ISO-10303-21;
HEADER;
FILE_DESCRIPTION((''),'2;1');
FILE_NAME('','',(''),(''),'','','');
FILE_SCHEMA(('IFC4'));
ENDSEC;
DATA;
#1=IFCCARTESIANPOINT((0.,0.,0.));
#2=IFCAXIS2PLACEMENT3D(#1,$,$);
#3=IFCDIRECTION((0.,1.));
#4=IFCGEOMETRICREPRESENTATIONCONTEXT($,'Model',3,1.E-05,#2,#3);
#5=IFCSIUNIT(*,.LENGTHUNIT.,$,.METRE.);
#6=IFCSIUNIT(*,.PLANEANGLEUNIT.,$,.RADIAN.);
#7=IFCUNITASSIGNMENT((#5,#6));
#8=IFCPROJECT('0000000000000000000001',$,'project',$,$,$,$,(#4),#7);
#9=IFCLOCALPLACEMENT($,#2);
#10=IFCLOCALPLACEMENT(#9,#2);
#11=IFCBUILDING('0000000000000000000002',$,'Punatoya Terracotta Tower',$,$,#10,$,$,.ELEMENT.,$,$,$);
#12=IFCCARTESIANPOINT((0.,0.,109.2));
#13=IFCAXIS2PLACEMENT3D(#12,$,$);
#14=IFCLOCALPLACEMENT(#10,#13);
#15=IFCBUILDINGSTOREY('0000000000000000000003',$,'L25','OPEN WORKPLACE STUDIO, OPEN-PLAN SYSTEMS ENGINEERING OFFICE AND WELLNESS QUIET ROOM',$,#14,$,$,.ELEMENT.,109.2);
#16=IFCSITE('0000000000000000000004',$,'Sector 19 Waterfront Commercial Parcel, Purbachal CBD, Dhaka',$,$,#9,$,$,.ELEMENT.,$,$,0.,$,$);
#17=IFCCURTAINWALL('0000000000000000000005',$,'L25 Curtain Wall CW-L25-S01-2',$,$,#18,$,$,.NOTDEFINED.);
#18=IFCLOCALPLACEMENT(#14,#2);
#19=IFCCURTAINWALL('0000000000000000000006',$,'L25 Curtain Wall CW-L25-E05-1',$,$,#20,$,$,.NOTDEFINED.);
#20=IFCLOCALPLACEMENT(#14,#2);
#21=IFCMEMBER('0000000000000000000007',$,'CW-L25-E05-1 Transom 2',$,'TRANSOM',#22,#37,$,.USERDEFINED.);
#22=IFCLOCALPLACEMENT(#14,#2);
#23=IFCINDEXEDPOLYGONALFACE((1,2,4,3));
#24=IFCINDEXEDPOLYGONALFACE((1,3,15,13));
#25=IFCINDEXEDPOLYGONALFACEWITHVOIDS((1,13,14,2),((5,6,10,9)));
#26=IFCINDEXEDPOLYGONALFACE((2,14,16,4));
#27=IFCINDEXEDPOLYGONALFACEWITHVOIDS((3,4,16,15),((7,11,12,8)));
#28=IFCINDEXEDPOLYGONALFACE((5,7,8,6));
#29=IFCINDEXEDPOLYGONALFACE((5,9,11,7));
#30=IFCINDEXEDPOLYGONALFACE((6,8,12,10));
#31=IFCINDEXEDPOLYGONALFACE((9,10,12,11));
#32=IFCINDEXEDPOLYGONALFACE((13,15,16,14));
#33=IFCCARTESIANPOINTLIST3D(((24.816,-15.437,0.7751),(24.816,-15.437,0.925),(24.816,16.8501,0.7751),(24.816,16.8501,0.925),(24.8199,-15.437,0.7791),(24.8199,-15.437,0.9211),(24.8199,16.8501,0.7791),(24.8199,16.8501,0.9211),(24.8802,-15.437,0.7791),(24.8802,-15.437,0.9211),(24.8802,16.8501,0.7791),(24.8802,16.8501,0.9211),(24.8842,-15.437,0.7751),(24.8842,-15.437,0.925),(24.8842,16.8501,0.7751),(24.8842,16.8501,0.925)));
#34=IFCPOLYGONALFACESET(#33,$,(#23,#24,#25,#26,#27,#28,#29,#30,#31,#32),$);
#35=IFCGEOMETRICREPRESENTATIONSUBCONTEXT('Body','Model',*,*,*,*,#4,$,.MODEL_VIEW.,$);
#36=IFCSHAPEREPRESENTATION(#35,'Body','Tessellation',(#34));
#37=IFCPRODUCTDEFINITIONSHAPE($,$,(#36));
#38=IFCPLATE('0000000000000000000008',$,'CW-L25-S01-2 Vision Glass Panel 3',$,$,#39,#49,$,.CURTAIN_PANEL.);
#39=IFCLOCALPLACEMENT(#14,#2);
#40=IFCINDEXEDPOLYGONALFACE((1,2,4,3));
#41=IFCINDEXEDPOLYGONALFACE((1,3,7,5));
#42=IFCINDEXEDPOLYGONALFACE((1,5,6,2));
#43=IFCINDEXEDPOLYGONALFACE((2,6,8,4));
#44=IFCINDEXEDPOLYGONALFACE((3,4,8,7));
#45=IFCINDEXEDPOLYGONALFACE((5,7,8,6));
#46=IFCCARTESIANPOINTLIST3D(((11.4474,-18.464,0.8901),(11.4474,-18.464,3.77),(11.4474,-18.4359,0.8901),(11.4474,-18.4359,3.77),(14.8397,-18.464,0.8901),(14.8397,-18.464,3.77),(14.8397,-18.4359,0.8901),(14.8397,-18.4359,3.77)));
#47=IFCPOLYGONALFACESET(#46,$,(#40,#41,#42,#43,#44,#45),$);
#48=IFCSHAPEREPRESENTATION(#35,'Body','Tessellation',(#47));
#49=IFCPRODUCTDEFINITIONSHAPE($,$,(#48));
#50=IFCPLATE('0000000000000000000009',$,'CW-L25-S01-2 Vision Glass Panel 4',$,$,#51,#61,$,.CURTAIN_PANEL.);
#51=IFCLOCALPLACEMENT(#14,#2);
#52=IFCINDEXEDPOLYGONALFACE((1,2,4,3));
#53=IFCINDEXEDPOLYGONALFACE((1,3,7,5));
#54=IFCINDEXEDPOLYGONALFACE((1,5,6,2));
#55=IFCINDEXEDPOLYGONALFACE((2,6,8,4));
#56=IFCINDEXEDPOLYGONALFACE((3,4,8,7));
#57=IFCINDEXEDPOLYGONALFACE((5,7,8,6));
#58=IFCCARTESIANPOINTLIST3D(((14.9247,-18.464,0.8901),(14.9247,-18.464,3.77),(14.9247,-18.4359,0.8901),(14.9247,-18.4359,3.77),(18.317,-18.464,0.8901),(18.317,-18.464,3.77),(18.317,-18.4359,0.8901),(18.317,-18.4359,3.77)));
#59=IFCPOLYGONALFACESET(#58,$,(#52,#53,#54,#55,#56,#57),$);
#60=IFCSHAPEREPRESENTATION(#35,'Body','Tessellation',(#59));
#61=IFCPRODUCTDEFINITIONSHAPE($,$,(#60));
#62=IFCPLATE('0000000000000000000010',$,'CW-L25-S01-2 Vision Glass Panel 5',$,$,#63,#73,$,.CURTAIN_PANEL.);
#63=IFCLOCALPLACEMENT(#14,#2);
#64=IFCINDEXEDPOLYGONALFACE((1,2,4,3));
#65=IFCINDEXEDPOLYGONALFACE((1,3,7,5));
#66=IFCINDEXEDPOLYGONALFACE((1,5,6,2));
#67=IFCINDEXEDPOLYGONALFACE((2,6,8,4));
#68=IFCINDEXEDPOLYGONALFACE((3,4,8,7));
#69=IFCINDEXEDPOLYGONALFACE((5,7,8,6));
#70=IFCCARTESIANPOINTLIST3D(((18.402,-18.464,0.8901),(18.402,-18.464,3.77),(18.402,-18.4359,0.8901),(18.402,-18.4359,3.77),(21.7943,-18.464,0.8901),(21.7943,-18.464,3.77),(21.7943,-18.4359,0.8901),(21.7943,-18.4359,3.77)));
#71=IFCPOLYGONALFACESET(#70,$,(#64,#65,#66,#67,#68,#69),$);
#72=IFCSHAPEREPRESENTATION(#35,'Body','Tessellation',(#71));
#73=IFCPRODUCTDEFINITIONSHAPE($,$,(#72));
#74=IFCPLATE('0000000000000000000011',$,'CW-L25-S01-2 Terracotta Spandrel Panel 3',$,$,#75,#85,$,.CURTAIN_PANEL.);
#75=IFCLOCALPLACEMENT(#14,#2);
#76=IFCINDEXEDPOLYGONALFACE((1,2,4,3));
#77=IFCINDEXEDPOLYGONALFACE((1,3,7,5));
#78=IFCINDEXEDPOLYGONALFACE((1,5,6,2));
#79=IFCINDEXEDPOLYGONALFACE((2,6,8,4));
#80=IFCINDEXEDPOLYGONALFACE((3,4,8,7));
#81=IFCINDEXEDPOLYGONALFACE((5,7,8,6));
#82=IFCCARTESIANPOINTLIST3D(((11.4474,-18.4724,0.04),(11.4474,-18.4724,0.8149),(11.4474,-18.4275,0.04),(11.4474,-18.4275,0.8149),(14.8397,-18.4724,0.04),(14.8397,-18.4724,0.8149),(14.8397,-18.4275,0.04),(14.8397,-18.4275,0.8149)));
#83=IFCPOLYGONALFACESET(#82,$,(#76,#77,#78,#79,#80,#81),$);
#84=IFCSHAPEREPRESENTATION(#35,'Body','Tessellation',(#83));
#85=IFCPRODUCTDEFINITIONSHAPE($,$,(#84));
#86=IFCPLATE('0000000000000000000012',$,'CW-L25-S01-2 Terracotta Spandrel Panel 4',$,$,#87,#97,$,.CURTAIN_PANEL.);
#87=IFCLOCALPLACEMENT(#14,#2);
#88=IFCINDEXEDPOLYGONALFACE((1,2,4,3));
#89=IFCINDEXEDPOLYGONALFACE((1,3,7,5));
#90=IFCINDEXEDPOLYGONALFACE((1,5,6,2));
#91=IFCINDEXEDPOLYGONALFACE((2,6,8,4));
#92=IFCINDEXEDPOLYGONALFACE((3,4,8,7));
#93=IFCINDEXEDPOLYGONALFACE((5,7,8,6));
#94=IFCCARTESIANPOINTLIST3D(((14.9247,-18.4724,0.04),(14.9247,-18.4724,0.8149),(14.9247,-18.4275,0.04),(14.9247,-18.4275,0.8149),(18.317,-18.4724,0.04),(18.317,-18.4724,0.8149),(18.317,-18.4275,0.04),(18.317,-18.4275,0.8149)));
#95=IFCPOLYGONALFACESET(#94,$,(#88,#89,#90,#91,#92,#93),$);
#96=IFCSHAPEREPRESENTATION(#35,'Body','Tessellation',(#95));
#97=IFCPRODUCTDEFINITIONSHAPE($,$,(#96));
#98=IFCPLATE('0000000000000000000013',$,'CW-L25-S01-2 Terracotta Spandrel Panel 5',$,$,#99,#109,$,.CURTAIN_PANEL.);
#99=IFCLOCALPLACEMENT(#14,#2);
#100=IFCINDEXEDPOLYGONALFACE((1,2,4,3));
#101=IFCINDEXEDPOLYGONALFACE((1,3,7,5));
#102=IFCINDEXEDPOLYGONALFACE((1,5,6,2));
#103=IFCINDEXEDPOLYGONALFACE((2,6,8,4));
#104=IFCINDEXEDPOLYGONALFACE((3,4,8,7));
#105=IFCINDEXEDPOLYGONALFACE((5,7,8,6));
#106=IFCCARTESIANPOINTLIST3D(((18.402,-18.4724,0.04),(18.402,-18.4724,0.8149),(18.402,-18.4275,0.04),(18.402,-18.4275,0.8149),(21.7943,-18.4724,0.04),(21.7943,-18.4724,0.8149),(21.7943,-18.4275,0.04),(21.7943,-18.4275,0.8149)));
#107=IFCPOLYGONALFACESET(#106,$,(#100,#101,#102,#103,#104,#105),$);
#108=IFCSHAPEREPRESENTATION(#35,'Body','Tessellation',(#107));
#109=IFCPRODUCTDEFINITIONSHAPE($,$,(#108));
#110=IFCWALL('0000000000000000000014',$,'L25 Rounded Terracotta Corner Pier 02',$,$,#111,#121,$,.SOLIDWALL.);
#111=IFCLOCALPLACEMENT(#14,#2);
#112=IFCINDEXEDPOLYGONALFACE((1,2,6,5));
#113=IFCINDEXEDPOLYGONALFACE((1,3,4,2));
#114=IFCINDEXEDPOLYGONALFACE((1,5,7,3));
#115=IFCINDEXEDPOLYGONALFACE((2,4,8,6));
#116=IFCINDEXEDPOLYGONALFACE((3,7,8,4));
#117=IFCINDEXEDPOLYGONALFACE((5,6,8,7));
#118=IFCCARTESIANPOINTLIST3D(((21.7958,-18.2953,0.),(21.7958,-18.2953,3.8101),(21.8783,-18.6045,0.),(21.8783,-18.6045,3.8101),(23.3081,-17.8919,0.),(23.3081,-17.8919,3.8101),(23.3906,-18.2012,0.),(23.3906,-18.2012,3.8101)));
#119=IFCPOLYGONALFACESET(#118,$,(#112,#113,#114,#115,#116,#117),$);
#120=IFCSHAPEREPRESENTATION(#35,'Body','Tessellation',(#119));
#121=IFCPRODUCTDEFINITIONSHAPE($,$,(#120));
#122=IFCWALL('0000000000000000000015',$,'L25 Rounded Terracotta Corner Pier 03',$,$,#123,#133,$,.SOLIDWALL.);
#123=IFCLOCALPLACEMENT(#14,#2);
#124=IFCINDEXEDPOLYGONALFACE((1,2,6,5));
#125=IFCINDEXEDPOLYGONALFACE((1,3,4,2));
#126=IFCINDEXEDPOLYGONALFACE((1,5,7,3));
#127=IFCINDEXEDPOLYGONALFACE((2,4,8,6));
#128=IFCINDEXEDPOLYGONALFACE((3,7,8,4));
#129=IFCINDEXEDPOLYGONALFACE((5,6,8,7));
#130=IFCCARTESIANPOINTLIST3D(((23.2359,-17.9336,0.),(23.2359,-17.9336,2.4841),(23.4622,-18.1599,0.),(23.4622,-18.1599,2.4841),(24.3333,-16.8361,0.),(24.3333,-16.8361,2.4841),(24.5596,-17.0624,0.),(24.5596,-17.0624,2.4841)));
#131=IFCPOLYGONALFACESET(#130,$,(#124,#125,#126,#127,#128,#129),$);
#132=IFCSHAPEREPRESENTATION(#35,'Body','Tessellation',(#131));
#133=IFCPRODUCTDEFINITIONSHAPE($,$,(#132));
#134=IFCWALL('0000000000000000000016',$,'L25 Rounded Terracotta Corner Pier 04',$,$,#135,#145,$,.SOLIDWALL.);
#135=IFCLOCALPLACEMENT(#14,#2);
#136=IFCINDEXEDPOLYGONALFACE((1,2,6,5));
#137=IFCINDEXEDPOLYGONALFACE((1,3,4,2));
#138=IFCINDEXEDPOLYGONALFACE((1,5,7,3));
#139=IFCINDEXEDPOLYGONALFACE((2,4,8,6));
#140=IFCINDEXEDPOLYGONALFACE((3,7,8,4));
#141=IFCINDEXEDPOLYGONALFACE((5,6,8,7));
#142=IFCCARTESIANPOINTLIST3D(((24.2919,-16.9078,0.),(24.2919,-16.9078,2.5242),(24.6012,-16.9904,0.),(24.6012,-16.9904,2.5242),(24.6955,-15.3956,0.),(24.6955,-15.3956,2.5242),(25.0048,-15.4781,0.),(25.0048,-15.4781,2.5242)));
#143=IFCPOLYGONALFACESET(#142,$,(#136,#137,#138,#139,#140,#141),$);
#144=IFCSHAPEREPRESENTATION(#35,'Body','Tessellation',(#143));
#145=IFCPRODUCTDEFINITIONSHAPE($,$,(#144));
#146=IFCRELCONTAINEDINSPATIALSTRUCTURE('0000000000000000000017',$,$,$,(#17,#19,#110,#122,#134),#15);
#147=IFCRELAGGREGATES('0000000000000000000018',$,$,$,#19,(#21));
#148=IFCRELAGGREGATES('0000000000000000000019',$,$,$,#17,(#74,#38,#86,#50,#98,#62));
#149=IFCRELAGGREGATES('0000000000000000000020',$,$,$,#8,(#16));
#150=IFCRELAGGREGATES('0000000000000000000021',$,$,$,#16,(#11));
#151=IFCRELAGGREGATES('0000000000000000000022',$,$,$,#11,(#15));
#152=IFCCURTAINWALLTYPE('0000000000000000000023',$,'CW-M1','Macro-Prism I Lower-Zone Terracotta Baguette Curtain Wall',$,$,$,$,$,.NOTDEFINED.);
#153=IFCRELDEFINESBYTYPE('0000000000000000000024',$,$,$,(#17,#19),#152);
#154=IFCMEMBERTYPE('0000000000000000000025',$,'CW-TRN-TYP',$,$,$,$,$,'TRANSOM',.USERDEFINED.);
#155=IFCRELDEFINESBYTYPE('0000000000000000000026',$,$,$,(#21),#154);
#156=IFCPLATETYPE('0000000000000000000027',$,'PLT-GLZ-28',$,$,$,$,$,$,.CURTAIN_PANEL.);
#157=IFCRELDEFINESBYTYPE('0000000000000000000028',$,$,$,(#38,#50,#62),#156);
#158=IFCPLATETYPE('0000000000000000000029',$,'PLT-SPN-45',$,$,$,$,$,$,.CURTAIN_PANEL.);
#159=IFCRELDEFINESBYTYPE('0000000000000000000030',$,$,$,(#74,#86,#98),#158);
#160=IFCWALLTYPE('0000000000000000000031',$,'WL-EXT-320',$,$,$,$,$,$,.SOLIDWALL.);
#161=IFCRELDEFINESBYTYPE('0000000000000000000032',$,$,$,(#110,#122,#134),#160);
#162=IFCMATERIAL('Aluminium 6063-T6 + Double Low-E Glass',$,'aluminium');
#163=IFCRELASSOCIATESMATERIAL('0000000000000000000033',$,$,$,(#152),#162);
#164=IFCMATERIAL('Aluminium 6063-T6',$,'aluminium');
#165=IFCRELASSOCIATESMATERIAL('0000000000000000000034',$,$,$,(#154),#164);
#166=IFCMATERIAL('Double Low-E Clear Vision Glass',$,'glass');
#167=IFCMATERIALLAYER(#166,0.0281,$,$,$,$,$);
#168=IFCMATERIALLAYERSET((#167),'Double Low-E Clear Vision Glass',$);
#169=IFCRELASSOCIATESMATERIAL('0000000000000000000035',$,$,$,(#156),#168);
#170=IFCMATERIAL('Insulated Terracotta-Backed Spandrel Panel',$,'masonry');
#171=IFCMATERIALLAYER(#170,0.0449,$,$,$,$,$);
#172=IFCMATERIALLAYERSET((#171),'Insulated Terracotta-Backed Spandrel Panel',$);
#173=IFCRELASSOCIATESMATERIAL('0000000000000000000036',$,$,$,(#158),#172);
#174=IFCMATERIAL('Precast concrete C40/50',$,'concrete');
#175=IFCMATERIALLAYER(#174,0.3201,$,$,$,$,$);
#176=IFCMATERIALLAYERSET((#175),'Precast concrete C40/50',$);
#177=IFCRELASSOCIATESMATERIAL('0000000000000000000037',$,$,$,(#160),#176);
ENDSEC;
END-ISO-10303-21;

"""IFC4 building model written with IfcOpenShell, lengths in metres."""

from ifc_helpers import new_model, si_unit, direction, frame, frame_2d, origin, origin_2d, place, context, subcontext, project, spatial, rectangle, hollow_rectangle, extrude, material, layer, layer_set, material_profile, profile_set, type_object, element, aggregate, save


model = new_model("IFC4")

# Units and contexts
model_context = context("Model", 3, precision=1e-05, world=origin(), true_north=direction((0.0, 1.0)))
body_context = subcontext(model_context, "Body", "Model", "MODEL_VIEW")
ifc_project = project(units=[si_unit("LENGTHUNIT", "METRE"), si_unit("PLANEANGLEUNIT", "RADIAN")], contexts=[model_context])

# Site, building, storey
site_placement = place(None, origin())
site = spatial("IfcSite", under=ifc_project, at=site_placement, Name="Sector 19 Waterfront Commercial Parcel, Purbachal CBD, Dhaka", CompositionType="ELEMENT", RefElevation=0.0)
building_placement = place(site_placement, origin())
building = spatial("IfcBuilding", under=site, at=building_placement, Name="Punatoya Terracotta Tower", CompositionType="ELEMENT")
storey_placement = place(building_placement, frame((0.0, 0.0, 109.2)))
storey = spatial("IfcBuildingStorey", under=building, at=storey_placement, Name="L25", Description="OPEN WORKPLACE STUDIO, OPEN-PLAN SYSTEMS ENGINEERING OFFICE AND WELLNESS QUIET ROOM", CompositionType="ELEMENT", Elevation=109.2)

# Curtain walls, member
ifc_material_1 = material(Name="Aluminium 6063-T6 + Double Low-E Glass", Category="aluminium")
curtain_wall_type = type_object("IfcCurtainWallType", Name="CW-M1", Description="Macro-Prism I Lower-Zone Terracotta Baguette Curtain Wall", PredefinedType="NOTDEFINED", material=ifc_material_1)
curtain_wall_1_placement = place(storey_placement, origin())
curtain_wall_1 = element("IfcCurtainWall", 1, at=curtain_wall_1_placement, inside=storey, type_object=curtain_wall_type, Name="L25 Curtain Wall CW-L25-S01-2", PredefinedType="NOTDEFINED")
ifc_material_2 = material(Name="Aluminium 6063-T6", Category="aluminium")
curtain_wall_2_placement = place(storey_placement, origin())
curtain_wall_2 = element("IfcCurtainWall", 2, at=curtain_wall_2_placement, inside=storey, type_object=curtain_wall_type, Name="L25 Curtain Wall CW-L25-E05-1", PredefinedType="NOTDEFINED")
ifc_material_profile_1 = material_profile(ifc_material_2, hollow_rectangle(XDim=0.0681, YDim=0.1499, WallThickness=0.0039, at=origin_2d()))
ifc_profile_set_1 = profile_set([ifc_material_profile_1], Name="Aluminium 6063-T6")
member_type_1 = type_object("IfcMemberType", Name="CW-TRN-TYP", ElementType="TRANSOM", PredefinedType="USERDEFINED", material=ifc_profile_set_1)
member_1_placement = place(storey_placement, frame((24.8501, -15.437, 0.8501), z_axis=(0.0, 1.0, 0.0), x_axis=(-1.0, 0.0, 0.0)))
member_1 = element("IfcMember", 3, at=member_1_placement, type_object=member_type_1, Name="CW-L25-E05-1 Transom 2", ObjectType="TRANSOM", PredefinedType="USERDEFINED", context=body_context, shape_type="SweptSolid", body=[
    extrude(hollow_rectangle(XDim=0.0681, YDim=0.1499, WallThickness=0.0039, at=origin_2d()), origin(), (0.0, 0.0, 1.0), 32.2871),
])
aggregate(curtain_wall_2, [member_1])

# Plates
ifc_material_3 = material(Name="Double Low-E Clear Vision Glass", Category="glass")
ifc_layer_1 = layer(ifc_material_3, 0.0281)
ifc_layer_set_1 = layer_set([ifc_layer_1], Name="Double Low-E Clear Vision Glass")
plate_type_1 = type_object("IfcPlateType", Name="PLT-GLZ-28", PredefinedType="CURTAIN_PANEL", material=ifc_layer_set_1)
plate_1_placement = place(storey_placement, frame((13.1436, -18.45, 0.8901), z_axis=(0.0, 0.0, 1.0), x_axis=(1.0, 0.0, 0.0)))
plate_1 = element("IfcPlate", 4, at=plate_1_placement, type_object=plate_type_1, Name="CW-L25-S01-2 Vision Glass Panel 3", PredefinedType="CURTAIN_PANEL", context=body_context, shape_type="SweptSolid", body=[
    extrude(rectangle(XDim=3.3923, YDim=0.0281, at=origin_2d()), origin(), (0.0, 0.0, 1.0), 2.8799),
])
plate_2_placement = place(storey_placement, frame((16.6208, -18.45, 0.8901), z_axis=(0.0, 0.0, 1.0), x_axis=(1.0, 0.0, 0.0)))
plate_2 = element("IfcPlate", 5, at=plate_2_placement, type_object=plate_type_1, Name="CW-L25-S01-2 Vision Glass Panel 4", PredefinedType="CURTAIN_PANEL", context=body_context, shape_type="SweptSolid", body=[
    extrude(rectangle(XDim=3.3923, YDim=0.0281, at=origin_2d()), origin(), (0.0, 0.0, 1.0), 2.8799),
])
plate_3_placement = place(storey_placement, frame((20.0981, -18.45, 0.8901), z_axis=(0.0, 0.0, 1.0), x_axis=(1.0, 0.0, 0.0)))
plate_3 = element("IfcPlate", 6, at=plate_3_placement, type_object=plate_type_1, Name="CW-L25-S01-2 Vision Glass Panel 5", PredefinedType="CURTAIN_PANEL", context=body_context, shape_type="SweptSolid", body=[
    extrude(rectangle(XDim=3.3923, YDim=0.0281, at=origin_2d()), origin(), (0.0, 0.0, 1.0), 2.8799),
])
ifc_material_4 = material(Name="Insulated Terracotta-Backed Spandrel Panel", Category="masonry")
ifc_layer_2 = layer(ifc_material_4, 0.0449)
ifc_layer_set_2 = layer_set([ifc_layer_2], Name="Insulated Terracotta-Backed Spandrel Panel")
plate_type_2 = type_object("IfcPlateType", Name="PLT-SPN-45", PredefinedType="CURTAIN_PANEL", material=ifc_layer_set_2)
plate_4_placement = place(storey_placement, frame((13.1436, -18.45, 0.04), z_axis=(0.0, 0.0, 1.0), x_axis=(1.0, 0.0, 0.0)))
plate_4 = element("IfcPlate", 7, at=plate_4_placement, type_object=plate_type_2, Name="CW-L25-S01-2 Terracotta Spandrel Panel 3", PredefinedType="CURTAIN_PANEL", context=body_context, shape_type="SweptSolid", body=[
    extrude(rectangle(XDim=3.3923, YDim=0.0449, at=origin_2d()), origin(), (0.0, 0.0, 1.0), 0.7749),
])
plate_5_placement = place(storey_placement, frame((16.6208, -18.45, 0.04), z_axis=(0.0, 0.0, 1.0), x_axis=(1.0, 0.0, 0.0)))
plate_5 = element("IfcPlate", 8, at=plate_5_placement, type_object=plate_type_2, Name="CW-L25-S01-2 Terracotta Spandrel Panel 4", PredefinedType="CURTAIN_PANEL", context=body_context, shape_type="SweptSolid", body=[
    extrude(rectangle(XDim=3.3923, YDim=0.0449, at=origin_2d()), origin(), (0.0, 0.0, 1.0), 0.7749),
])
plate_6_placement = place(storey_placement, frame((20.0981, -18.45, 0.04), z_axis=(0.0, 0.0, 1.0), x_axis=(1.0, 0.0, 0.0)))
plate_6 = element("IfcPlate", 9, at=plate_6_placement, type_object=plate_type_2, Name="CW-L25-S01-2 Terracotta Spandrel Panel 5", PredefinedType="CURTAIN_PANEL", context=body_context, shape_type="SweptSolid", body=[
    extrude(rectangle(XDim=3.3923, YDim=0.0449, at=origin_2d()), origin(), (0.0, 0.0, 1.0), 0.7749),
])
aggregate(curtain_wall_1, [plate_4, plate_1, plate_5, plate_2, plate_6, plate_3])

# Walls
ifc_material_5 = material(Name="Precast concrete C40/50", Category="concrete")
ifc_layer_3 = layer(ifc_material_5, 0.3201)
ifc_layer_set_3 = layer_set([ifc_layer_3], Name="Precast concrete C40/50")
wall_type = type_object("IfcWallType", Name="WL-EXT-320", PredefinedType="SOLIDWALL", material=ifc_layer_set_3)
wall_1_placement = place(storey_placement, frame((21.8369, -18.45, 0.0), z_axis=(0.0, 0.0, 1.0), x_axis=(0.966225, 0.257701, 0.0)))
element("IfcWall", 10, at=wall_1_placement, inside=storey, type_object=wall_type, Name="L25 Rounded Terracotta Corner Pier 02", PredefinedType="SOLIDWALL", context=body_context, shape_type="SweptSolid", body=[
    extrude(rectangle(XDim=1.5652, YDim=0.3201, at=frame_2d((0.7827, 0.0))), origin(), (0.0, 0.0, 1.0), 3.8101),
])
wall_2_placement = place(storey_placement, frame((23.3491, -18.0466, 0.0), z_axis=(0.0, 0.0, 1.0), x_axis=(0.707107, 0.707107, 0.0)))
element("IfcWall", 11, at=wall_2_placement, inside=storey, type_object=wall_type, Name="L25 Rounded Terracotta Corner Pier 03", PredefinedType="SOLIDWALL", context=body_context, shape_type="SweptSolid", body=[
    extrude(rectangle(XDim=1.552, YDim=0.3201, at=frame_2d((0.7759, 0.0))), origin(), (0.0, 0.0, 1.0), 2.4841),
])
wall_3_placement = place(storey_placement, frame((24.4465, -16.9492, 0.0), z_axis=(0.0, 0.0, 1.0), x_axis=(0.257847, 0.966186, 0.0)))
element("IfcWall", 12, at=wall_3_placement, inside=storey, type_object=wall_type, Name="L25 Rounded Terracotta Corner Pier 04", PredefinedType="SOLIDWALL", context=body_context, shape_type="SweptSolid", body=[
    extrude(rectangle(XDim=1.5652, YDim=0.3201, at=frame_2d((0.7827, 0.0))), origin(), (0.0, 0.0, 1.0), 2.5242),
])

save(model, "model.ifc")
